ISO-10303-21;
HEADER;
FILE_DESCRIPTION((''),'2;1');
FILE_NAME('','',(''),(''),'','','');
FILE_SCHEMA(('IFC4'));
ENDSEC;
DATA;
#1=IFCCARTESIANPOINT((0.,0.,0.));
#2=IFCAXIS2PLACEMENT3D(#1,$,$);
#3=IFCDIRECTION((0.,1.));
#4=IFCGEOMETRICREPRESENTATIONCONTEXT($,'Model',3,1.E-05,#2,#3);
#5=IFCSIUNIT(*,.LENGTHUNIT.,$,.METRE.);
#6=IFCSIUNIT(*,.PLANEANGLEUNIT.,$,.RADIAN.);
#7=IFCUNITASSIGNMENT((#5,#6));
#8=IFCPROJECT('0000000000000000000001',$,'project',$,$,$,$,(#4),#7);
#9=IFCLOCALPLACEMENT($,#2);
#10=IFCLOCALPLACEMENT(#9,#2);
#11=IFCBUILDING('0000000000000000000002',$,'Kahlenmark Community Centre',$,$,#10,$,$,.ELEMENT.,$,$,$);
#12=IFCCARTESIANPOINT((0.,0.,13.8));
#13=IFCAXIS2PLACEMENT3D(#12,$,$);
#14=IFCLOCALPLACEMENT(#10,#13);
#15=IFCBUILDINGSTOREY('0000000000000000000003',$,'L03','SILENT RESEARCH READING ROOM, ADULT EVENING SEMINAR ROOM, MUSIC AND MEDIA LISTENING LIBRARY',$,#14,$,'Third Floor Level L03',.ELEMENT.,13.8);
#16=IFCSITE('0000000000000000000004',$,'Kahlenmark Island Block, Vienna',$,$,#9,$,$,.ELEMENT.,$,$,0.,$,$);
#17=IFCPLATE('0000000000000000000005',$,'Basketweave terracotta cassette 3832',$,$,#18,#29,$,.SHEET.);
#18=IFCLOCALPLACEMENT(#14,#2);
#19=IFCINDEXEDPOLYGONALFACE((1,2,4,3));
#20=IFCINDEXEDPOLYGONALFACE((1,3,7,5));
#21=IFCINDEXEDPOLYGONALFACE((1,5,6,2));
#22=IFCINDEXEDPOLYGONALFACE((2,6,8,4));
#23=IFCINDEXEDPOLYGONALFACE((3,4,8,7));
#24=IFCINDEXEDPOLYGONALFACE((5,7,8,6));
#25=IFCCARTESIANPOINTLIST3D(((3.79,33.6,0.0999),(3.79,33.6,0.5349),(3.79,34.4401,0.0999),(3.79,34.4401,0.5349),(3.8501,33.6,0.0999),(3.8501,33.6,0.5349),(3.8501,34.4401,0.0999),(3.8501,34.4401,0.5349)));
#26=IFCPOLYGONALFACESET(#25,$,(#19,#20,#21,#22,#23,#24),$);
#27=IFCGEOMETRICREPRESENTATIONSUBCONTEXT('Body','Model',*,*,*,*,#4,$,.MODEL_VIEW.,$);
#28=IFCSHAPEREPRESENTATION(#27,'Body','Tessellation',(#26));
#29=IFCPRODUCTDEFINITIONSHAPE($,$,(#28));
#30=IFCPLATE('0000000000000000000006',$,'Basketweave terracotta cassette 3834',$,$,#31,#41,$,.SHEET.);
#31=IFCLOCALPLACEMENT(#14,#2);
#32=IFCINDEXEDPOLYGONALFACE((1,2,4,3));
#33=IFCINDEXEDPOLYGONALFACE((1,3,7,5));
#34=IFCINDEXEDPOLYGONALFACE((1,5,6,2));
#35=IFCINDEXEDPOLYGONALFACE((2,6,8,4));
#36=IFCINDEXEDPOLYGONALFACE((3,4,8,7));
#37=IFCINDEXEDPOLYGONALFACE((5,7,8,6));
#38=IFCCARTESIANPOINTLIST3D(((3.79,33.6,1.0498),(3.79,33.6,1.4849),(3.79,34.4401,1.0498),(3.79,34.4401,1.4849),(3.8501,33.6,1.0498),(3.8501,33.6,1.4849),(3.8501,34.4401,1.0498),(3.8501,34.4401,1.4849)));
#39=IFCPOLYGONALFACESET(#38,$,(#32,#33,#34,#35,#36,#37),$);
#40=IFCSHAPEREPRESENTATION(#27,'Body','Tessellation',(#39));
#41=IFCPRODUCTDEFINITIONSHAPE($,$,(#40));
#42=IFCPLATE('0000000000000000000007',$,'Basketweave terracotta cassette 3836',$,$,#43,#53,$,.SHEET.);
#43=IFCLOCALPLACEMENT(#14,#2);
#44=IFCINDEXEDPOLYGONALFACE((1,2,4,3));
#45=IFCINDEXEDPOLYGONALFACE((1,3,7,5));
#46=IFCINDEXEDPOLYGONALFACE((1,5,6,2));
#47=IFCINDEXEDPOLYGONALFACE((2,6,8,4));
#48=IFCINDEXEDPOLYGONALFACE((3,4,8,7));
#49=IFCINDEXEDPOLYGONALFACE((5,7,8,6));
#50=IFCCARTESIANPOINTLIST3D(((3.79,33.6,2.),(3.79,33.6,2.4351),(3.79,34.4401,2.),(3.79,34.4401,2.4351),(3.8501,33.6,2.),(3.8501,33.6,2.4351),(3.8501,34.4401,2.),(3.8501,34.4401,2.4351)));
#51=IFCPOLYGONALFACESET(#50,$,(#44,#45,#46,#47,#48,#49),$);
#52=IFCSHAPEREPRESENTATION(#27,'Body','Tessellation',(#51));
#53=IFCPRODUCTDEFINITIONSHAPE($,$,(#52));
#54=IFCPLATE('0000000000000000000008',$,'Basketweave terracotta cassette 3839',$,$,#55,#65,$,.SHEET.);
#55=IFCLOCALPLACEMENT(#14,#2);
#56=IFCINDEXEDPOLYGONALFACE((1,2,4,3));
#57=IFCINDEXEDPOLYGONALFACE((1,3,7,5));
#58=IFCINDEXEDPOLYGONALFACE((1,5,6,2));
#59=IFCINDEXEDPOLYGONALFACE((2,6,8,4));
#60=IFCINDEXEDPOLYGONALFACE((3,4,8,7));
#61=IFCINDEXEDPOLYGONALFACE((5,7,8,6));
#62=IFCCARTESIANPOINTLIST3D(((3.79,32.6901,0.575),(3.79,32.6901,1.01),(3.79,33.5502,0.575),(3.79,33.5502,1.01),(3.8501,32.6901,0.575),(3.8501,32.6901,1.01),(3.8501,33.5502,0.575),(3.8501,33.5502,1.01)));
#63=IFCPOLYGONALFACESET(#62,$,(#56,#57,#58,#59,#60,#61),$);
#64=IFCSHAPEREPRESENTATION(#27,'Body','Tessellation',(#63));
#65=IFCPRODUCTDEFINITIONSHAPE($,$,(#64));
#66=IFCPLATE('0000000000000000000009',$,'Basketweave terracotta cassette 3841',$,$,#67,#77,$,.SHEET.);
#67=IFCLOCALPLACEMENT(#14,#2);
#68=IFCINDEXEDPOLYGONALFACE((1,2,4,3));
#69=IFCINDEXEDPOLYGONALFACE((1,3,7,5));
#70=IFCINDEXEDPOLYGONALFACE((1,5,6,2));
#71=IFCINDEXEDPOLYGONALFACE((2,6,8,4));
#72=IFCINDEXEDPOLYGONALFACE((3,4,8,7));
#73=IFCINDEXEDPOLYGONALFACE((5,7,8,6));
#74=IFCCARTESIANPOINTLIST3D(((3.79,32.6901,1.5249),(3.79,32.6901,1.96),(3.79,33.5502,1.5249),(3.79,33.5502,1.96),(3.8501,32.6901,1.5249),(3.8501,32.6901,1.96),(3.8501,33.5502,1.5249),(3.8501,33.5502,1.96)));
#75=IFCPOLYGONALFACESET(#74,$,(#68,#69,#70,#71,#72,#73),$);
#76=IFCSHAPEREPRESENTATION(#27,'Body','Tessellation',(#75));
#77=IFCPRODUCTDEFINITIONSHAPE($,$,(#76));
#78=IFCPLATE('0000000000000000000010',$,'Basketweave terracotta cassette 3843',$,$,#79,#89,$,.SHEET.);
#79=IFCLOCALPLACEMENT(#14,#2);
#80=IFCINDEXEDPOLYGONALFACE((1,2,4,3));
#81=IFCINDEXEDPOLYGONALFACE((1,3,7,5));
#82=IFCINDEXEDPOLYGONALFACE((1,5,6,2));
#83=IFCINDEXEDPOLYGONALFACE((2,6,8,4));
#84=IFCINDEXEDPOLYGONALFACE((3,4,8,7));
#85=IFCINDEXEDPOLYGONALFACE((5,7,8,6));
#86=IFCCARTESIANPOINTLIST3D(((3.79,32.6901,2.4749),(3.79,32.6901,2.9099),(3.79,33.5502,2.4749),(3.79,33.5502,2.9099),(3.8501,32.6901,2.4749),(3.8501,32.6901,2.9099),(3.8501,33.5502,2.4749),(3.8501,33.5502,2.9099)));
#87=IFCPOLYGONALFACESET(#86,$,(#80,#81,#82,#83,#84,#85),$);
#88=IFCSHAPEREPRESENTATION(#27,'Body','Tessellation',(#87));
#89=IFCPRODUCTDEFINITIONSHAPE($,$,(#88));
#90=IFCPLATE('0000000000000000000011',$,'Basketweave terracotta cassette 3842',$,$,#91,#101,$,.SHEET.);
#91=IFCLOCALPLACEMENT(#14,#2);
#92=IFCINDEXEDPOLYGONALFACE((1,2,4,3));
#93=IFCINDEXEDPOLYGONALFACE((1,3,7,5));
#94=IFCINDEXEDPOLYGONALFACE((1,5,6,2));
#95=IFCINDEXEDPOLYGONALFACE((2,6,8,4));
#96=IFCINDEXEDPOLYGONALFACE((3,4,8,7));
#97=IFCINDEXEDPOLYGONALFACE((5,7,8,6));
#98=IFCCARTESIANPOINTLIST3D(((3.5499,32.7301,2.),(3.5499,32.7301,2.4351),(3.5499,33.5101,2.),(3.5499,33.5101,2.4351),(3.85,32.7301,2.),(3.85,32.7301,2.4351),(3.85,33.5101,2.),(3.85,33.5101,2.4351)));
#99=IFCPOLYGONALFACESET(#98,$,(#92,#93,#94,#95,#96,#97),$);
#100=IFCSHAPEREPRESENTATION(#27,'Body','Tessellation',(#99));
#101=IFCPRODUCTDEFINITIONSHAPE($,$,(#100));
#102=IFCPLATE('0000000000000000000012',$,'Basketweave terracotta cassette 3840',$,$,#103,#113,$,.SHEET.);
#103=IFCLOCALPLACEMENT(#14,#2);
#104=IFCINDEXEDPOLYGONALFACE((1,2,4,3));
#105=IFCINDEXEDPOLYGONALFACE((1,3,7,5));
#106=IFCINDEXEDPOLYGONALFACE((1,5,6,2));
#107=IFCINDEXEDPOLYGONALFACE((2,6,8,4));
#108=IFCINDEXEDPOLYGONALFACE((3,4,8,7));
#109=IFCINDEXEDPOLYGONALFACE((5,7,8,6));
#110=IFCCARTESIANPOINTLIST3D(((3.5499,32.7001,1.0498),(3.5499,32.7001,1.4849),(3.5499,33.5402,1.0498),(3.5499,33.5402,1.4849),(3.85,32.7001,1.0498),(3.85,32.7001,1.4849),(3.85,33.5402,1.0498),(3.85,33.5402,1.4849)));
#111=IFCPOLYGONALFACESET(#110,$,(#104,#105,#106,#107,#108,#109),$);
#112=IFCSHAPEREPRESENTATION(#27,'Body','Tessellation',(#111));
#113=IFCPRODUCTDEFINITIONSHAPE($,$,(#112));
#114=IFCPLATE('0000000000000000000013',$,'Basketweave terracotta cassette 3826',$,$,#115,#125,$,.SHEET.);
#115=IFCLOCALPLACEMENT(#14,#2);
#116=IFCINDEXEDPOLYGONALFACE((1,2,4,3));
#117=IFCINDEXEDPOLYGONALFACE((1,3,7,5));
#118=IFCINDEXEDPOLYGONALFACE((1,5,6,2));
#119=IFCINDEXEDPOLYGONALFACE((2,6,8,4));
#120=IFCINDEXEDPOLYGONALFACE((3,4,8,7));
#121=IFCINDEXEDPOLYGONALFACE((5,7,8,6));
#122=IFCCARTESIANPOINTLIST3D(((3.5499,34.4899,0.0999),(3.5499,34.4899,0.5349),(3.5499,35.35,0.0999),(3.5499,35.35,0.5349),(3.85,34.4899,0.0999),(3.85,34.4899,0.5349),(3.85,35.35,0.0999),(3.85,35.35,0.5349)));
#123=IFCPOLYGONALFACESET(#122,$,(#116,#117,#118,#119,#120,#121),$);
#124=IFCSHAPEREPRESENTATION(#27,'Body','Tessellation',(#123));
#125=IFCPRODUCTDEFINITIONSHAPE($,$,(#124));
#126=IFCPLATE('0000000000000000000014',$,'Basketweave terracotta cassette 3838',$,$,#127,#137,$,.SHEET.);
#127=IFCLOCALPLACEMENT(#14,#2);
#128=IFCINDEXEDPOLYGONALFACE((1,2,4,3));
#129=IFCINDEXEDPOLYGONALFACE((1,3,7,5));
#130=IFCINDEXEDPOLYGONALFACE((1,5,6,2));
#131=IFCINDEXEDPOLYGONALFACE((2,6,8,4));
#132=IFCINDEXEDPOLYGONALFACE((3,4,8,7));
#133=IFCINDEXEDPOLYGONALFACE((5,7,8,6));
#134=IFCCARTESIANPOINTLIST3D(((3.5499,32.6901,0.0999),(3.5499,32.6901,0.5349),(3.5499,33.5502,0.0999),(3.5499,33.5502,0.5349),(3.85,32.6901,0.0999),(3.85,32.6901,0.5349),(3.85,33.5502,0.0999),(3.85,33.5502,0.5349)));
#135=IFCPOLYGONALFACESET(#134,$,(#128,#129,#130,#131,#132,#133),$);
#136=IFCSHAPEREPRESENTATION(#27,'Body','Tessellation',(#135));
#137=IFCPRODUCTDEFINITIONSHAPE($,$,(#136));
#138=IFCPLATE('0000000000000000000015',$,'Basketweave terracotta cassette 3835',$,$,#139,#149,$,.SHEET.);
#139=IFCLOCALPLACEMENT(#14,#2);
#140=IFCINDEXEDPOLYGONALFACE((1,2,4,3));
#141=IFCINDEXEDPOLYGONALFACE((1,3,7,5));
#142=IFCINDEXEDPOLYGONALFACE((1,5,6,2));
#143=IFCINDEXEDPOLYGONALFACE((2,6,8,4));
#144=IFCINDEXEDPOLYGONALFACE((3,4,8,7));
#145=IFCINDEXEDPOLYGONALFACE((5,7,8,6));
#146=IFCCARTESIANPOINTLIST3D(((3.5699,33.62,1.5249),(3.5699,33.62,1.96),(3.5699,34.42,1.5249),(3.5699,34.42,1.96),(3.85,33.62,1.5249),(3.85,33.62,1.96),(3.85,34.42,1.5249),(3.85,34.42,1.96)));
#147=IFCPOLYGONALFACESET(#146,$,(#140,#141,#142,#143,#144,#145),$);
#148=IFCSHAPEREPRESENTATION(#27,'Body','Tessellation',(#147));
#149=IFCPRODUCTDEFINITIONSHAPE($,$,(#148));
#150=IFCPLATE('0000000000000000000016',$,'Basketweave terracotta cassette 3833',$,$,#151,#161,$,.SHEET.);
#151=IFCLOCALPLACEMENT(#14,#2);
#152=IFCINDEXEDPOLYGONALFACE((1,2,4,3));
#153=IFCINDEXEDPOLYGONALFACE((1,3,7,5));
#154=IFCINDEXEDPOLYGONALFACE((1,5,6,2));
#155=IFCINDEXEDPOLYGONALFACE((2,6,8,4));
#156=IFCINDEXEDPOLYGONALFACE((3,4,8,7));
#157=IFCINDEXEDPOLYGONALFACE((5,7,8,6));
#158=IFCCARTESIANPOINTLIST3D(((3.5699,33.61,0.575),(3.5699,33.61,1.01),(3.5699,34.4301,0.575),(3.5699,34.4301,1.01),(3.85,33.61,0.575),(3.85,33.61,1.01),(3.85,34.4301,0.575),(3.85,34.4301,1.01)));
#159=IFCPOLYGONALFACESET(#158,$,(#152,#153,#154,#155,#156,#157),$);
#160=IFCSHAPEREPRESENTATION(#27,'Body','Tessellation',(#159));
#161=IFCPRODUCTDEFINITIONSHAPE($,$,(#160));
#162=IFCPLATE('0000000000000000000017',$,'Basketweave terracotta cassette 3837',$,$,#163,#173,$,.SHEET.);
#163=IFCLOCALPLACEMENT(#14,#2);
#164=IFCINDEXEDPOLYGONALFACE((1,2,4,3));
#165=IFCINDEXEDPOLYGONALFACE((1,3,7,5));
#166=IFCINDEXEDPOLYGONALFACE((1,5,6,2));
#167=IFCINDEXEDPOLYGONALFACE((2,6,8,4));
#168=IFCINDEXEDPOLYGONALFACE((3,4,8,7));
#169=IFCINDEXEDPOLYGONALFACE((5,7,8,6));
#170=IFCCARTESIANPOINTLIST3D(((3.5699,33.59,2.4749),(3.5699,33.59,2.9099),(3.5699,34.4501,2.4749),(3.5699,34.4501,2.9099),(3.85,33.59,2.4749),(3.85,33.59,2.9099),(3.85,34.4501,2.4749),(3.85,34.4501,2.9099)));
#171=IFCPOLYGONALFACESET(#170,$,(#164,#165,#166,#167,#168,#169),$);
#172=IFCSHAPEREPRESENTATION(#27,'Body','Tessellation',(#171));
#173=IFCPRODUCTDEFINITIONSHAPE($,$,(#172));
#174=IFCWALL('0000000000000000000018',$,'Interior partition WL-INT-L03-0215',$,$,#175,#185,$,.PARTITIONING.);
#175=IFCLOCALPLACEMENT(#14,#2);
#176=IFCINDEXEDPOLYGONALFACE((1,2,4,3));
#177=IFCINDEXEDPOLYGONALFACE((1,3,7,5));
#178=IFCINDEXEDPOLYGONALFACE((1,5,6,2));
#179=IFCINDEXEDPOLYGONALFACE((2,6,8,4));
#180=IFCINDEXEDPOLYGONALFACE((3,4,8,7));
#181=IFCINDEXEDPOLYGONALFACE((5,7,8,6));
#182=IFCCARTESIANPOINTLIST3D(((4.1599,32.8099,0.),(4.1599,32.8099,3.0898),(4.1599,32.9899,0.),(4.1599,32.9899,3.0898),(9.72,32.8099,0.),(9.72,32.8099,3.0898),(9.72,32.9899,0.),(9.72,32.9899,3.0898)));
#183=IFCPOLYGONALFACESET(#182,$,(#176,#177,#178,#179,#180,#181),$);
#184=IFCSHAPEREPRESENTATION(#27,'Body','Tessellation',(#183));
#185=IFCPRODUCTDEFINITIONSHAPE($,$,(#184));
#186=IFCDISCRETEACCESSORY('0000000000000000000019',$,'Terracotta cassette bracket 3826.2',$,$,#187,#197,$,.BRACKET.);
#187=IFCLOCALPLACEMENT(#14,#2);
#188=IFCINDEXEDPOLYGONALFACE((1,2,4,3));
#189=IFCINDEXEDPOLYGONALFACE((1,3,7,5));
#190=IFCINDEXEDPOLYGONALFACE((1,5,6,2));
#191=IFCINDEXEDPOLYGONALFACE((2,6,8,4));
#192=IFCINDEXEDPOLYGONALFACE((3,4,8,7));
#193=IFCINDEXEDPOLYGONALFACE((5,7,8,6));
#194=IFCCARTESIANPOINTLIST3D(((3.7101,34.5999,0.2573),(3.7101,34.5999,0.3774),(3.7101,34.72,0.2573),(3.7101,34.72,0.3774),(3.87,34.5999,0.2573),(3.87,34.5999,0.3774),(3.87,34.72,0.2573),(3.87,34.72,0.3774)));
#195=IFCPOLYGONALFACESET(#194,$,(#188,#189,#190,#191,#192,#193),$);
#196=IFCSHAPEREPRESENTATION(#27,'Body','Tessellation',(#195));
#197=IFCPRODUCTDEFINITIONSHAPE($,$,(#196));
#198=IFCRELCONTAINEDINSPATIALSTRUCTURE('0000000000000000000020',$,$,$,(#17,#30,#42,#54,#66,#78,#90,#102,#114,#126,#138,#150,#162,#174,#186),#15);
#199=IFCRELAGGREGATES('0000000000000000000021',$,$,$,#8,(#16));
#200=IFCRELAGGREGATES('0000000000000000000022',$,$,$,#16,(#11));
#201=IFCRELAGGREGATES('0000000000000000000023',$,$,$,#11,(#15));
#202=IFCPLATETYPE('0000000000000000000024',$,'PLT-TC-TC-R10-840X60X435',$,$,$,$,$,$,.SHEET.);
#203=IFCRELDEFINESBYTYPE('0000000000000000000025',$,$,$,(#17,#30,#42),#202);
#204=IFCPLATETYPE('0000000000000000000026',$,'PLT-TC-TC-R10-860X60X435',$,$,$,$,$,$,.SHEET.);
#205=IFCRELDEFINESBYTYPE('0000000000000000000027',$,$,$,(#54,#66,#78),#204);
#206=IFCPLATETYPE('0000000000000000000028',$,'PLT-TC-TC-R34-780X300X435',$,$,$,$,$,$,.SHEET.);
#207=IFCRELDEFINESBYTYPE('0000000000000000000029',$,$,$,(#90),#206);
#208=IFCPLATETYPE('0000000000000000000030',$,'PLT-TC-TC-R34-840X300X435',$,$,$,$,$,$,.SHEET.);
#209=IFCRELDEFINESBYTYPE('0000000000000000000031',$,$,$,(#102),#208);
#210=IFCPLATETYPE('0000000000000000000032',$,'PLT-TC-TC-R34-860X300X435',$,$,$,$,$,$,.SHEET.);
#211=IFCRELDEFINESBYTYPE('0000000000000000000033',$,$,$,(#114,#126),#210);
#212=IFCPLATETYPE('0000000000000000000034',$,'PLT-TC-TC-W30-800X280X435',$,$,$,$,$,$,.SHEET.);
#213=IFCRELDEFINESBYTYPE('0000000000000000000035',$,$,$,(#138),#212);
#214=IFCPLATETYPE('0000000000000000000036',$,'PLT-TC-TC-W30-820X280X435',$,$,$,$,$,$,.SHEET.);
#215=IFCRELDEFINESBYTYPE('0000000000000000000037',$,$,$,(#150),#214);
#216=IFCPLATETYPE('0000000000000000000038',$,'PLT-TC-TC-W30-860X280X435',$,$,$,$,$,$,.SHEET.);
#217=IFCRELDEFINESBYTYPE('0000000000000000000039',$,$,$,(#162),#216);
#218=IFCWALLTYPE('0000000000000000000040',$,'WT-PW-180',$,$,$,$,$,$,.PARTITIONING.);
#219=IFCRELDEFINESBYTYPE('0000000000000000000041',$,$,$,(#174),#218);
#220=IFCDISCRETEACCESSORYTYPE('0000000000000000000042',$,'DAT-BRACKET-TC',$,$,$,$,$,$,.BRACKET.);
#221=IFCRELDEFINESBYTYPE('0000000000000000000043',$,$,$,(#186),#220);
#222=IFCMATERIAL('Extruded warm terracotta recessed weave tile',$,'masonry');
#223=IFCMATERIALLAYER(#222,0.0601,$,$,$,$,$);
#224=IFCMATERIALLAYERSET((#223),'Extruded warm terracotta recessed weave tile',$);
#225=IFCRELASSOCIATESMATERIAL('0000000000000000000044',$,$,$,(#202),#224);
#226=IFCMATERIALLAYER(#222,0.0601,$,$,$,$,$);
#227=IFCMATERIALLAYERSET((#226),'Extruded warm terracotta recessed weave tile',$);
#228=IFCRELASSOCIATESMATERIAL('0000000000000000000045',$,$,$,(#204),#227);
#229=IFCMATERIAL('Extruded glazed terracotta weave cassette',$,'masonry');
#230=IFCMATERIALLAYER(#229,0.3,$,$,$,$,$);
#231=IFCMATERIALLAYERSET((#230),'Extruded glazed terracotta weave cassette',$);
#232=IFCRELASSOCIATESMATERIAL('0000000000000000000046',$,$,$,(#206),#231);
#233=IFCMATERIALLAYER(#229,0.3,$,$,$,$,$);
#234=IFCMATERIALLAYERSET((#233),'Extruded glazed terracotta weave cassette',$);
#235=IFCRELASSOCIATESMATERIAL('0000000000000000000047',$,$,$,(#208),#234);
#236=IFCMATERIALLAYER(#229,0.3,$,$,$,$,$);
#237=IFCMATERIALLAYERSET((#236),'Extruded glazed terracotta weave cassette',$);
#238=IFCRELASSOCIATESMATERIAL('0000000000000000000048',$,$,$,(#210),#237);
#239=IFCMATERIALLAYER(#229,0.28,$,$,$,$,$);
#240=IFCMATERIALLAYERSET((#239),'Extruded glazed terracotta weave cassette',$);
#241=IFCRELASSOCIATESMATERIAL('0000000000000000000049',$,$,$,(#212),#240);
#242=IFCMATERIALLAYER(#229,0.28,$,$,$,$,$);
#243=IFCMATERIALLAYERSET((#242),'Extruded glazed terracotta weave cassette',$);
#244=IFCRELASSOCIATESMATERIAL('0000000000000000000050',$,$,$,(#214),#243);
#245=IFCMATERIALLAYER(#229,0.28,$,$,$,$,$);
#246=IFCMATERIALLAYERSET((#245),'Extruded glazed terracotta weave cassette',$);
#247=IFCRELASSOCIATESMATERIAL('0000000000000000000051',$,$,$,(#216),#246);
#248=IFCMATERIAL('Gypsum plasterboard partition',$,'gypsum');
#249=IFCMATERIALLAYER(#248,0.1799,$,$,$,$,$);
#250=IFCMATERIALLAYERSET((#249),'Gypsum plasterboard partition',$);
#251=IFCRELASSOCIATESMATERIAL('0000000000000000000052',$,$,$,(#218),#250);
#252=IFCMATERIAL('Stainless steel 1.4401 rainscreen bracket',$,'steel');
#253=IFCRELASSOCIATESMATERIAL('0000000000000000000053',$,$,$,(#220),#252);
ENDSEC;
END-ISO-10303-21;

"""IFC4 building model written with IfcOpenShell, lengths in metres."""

from ifc_helpers import new_model, si_unit, direction, frame, frame_2d, origin, origin_2d, place, context, subcontext, project, spatial, rectangle, extrude, material, layer, layer_set, type_object, element, save


model = new_model("IFC4")

# Units and contexts
model_context = context("Model", 3, precision=1e-05, world=origin(), true_north=direction((0.0, 1.0)))
body_context = subcontext(model_context, "Body", "Model", "MODEL_VIEW")
ifc_project = project(units=[si_unit("LENGTHUNIT", "METRE"), si_unit("PLANEANGLEUNIT", "RADIAN")], contexts=[model_context])

# Site, building, storey
site_placement = place(None, origin())
site = spatial("IfcSite", under=ifc_project, at=site_placement, Name="Kahlenmark Island Block, Vienna", CompositionType="ELEMENT", RefElevation=0.0)
building_placement = place(site_placement, origin())
building = spatial("IfcBuilding", under=site, at=building_placement, Name="Kahlenmark Community Centre", CompositionType="ELEMENT")
storey_placement = place(building_placement, frame((0.0, 0.0, 13.8)))
storey = spatial("IfcBuildingStorey", under=building, at=storey_placement, Name="L03", Description="SILENT RESEARCH READING ROOM, ADULT EVENING SEMINAR ROOM, MUSIC AND MEDIA LISTENING LIBRARY", LongName="Third Floor Level L03", CompositionType="ELEMENT", Elevation=13.8)

# Plates
ifc_material_1 = material(Name="Extruded warm terracotta recessed weave tile", Category="masonry")
ifc_layer_1 = layer(ifc_material_1, 0.0601)
ifc_layer_set_1 = layer_set([ifc_layer_1], Name="Extruded warm terracotta recessed weave tile")
plate_type_1 = type_object("IfcPlateType", Name="PLT-TC-TC-R10-840X60X435", PredefinedType="SHEET", material=ifc_layer_set_1)
for number, where, z_axis, x_axis, name in (
    (1, (3.8201, 34.02, 0.0999), (0.0, 0.0, 1.0), (0.0, -1.0, 0.0), "Basketweave terracotta cassette 3832"),
    (2, (3.8201, 34.02, 1.0498), (0.0, 0.0, 1.0), (0.0, -1.0, 0.0), "Basketweave terracotta cassette 3834"),
    (3, (3.8201, 34.02, 2.0), (0.0, 0.0, 1.0), (0.0, -1.0, 0.0), "Basketweave terracotta cassette 3836"),
):
    element("IfcPlate", number, at=place(storey_placement, frame(where, z_axis=z_axis, x_axis=x_axis)), inside=storey, type_object=plate_type_1, Name=name, PredefinedType="SHEET", context=body_context, shape_type="SweptSolid", body=[
        extrude(rectangle(XDim=0.8401, YDim=0.0601, at=origin_2d()), origin(), (0.0, 0.0, 1.0), 0.4351),
    ])
ifc_layer_2 = layer(ifc_material_1, 0.0601)
ifc_layer_set_2 = layer_set([ifc_layer_2], Name="Extruded warm terracotta recessed weave tile")
plate_type_2 = type_object("IfcPlateType", Name="PLT-TC-TC-R10-860X60X435", PredefinedType="SHEET", material=ifc_layer_set_2)
for number, where, z_axis, x_axis, name in (
    (4, (3.8201, 33.1201, 0.575), (0.0, 0.0, 1.0), (0.0, -1.0, 0.0), "Basketweave terracotta cassette 3839"),
    (5, (3.8201, 33.1201, 1.5249), (0.0, 0.0, 1.0), (0.0, -1.0, 0.0), "Basketweave terracotta cassette 3841"),
    (6, (3.8201, 33.1201, 2.4749), (0.0, 0.0, 1.0), (0.0, -1.0, 0.0), "Basketweave terracotta cassette 3843"),
):
    element("IfcPlate", number, at=place(storey_placement, frame(where, z_axis=z_axis, x_axis=x_axis)), inside=storey, type_object=plate_type_2, Name=name, PredefinedType="SHEET", context=body_context, shape_type="SweptSolid", body=[
        extrude(rectangle(XDim=0.8601, YDim=0.0601, at=origin_2d()), origin(), (0.0, 0.0, 1.0), 0.4351),
    ])
ifc_material_2 = material(Name="Extruded glazed terracotta weave cassette", Category="masonry")
ifc_layer_3 = layer(ifc_material_2, 0.3)
ifc_layer_set_3 = layer_set([ifc_layer_3], Name="Extruded glazed terracotta weave cassette")
plate_type_3 = type_object("IfcPlateType", Name="PLT-TC-TC-R34-780X300X435", PredefinedType="SHEET", material=ifc_layer_set_3)
plate_1_placement = place(storey_placement, frame((3.7, 33.1201, 2.0), z_axis=(0.0, 0.0, 1.0), x_axis=(0.0, -1.0, 0.0)))
element("IfcPlate", 7, at=plate_1_placement, inside=storey, type_object=plate_type_3, Name="Basketweave terracotta cassette 3842", PredefinedType="SHEET", context=body_context, shape_type="SweptSolid", body=[
    extrude(rectangle(XDim=0.78, YDim=0.3, at=origin_2d()), origin(), (0.0, 0.0, 1.0), 0.4351),
])
ifc_layer_4 = layer(ifc_material_2, 0.3)
ifc_layer_set_4 = layer_set([ifc_layer_4], Name="Extruded glazed terracotta weave cassette")
plate_type_4 = type_object("IfcPlateType", Name="PLT-TC-TC-R34-840X300X435", PredefinedType="SHEET", material=ifc_layer_set_4)
plate_2_placement = place(storey_placement, frame((3.7, 33.1201, 1.0498), z_axis=(0.0, 0.0, 1.0), x_axis=(0.0, -1.0, 0.0)))
element("IfcPlate", 8, at=plate_2_placement, inside=storey, type_object=plate_type_4, Name="Basketweave terracotta cassette 3840", PredefinedType="SHEET", context=body_context, shape_type="SweptSolid", body=[
    extrude(rectangle(XDim=0.8401, YDim=0.3, at=origin_2d()), origin(), (0.0, 0.0, 1.0), 0.4351),
])
ifc_layer_5 = layer(ifc_material_2, 0.3)
ifc_layer_set_5 = layer_set([ifc_layer_5], Name="Extruded glazed terracotta weave cassette")
plate_type_5 = type_object("IfcPlateType", Name="PLT-TC-TC-R34-860X300X435", PredefinedType="SHEET", material=ifc_layer_set_5)
for number, where, z_axis, x_axis, name in (
    (9, (3.7, 34.9199, 0.0999), (0.0, 0.0, 1.0), (0.0, -1.0, 0.0), "Basketweave terracotta cassette 3826"),
    (10, (3.7, 33.1201, 0.0999), (0.0, 0.0, 1.0), (0.0, -1.0, 0.0), "Basketweave terracotta cassette 3838"),
):
    element("IfcPlate", number, at=place(storey_placement, frame(where, z_axis=z_axis, x_axis=x_axis)), inside=storey, type_object=plate_type_5, Name=name, PredefinedType="SHEET", context=body_context, shape_type="SweptSolid", body=[
        extrude(rectangle(XDim=0.8601, YDim=0.3, at=origin_2d()), origin(), (0.0, 0.0, 1.0), 0.4351),
    ])
ifc_layer_6 = layer(ifc_material_2, 0.28)
ifc_layer_set_6 = layer_set([ifc_layer_6], Name="Extruded glazed terracotta weave cassette")
plate_type_6 = type_object("IfcPlateType", Name="PLT-TC-TC-W30-800X280X435", PredefinedType="SHEET", material=ifc_layer_set_6)
plate_3_placement = place(storey_placement, frame((3.71, 34.02, 1.5249), z_axis=(0.0, 0.0, 1.0), x_axis=(0.0, -1.0, 0.0)))
element("IfcPlate", 11, at=plate_3_placement, inside=storey, type_object=plate_type_6, Name="Basketweave terracotta cassette 3835", PredefinedType="SHEET", context=body_context, shape_type="SweptSolid", body=[
    extrude(rectangle(XDim=0.8, YDim=0.28, at=origin_2d()), origin(), (0.0, 0.0, 1.0), 0.4351),
])
ifc_layer_7 = layer(ifc_material_2, 0.28)
ifc_layer_set_7 = layer_set([ifc_layer_7], Name="Extruded glazed terracotta weave cassette")
plate_type_7 = type_object("IfcPlateType", Name="PLT-TC-TC-W30-820X280X435", PredefinedType="SHEET", material=ifc_layer_set_7)
plate_4_placement = place(storey_placement, frame((3.71, 34.02, 0.575), z_axis=(0.0, 0.0, 1.0), x_axis=(0.0, -1.0, 0.0)))
element("IfcPlate", 12, at=plate_4_placement, inside=storey, type_object=plate_type_7, Name="Basketweave terracotta cassette 3833", PredefinedType="SHEET", context=body_context, shape_type="SweptSolid", body=[
    extrude(rectangle(XDim=0.8201, YDim=0.28, at=origin_2d()), origin(), (0.0, 0.0, 1.0), 0.4351),
])
ifc_layer_8 = layer(ifc_material_2, 0.28)
ifc_layer_set_8 = layer_set([ifc_layer_8], Name="Extruded glazed terracotta weave cassette")
plate_type_8 = type_object("IfcPlateType", Name="PLT-TC-TC-W30-860X280X435", PredefinedType="SHEET", material=ifc_layer_set_8)
plate_5_placement = place(storey_placement, frame((3.71, 34.02, 2.4749), z_axis=(0.0, 0.0, 1.0), x_axis=(0.0, -1.0, 0.0)))
element("IfcPlate", 13, at=plate_5_placement, inside=storey, type_object=plate_type_8, Name="Basketweave terracotta cassette 3837", PredefinedType="SHEET", context=body_context, shape_type="SweptSolid", body=[
    extrude(rectangle(XDim=0.8601, YDim=0.28, at=origin_2d()), origin(), (0.0, 0.0, 1.0), 0.4351),
])

# Wall
ifc_material_3 = material(Name="Gypsum plasterboard partition", Category="gypsum")
ifc_layer_9 = layer(ifc_material_3, 0.1799)
ifc_layer_set_9 = layer_set([ifc_layer_9], Name="Gypsum plasterboard partition")
wall_type = type_object("IfcWallType", Name="WT-PW-180", PredefinedType="PARTITIONING", material=ifc_layer_set_9)
wall_placement = place(storey_placement, frame((4.1599, 32.8999, 0.0), z_axis=(0.0, 0.0, 1.0), x_axis=(1.0, 0.0, 0.0)))
element("IfcWall", 14, at=wall_placement, inside=storey, type_object=wall_type, Name="Interior partition WL-INT-L03-0215", PredefinedType="PARTITIONING", context=body_context, shape_type="SweptSolid", body=[
    extrude(rectangle(XDim=5.5601, YDim=0.1799, at=frame_2d((2.78, 0.0))), origin(), (0.0, 0.0, 1.0), 3.0898),
])

# Discrete accessory
ifc_material_4 = material(Name="Stainless steel 1.4401 rainscreen bracket", Category="steel")
discrete_accessory_type = type_object("IfcDiscreteAccessoryType", Name="DAT-BRACKET-TC", PredefinedType="BRACKET", material=ifc_material_4)
for number, where, z_axis, x_axis, name in (
    (15, (3.79, 34.6599, 0.2573), (0.0, 0.0, 1.0), (0.0, -1.0, 0.0), "Terracotta cassette bracket 3826.2"),
):
    element("IfcDiscreteAccessory", number, at=place(storey_placement, frame(where, z_axis=z_axis, x_axis=x_axis)), inside=storey, type_object=discrete_accessory_type, Name=name, PredefinedType="BRACKET", context=body_context, shape_type="SweptSolid", body=[
        extrude(rectangle(XDim=0.1201, YDim=0.1599, at=origin_2d()), origin(), (0.0, 0.0, 1.0), 0.1201),
    ])

save(model, "model.ifc")
